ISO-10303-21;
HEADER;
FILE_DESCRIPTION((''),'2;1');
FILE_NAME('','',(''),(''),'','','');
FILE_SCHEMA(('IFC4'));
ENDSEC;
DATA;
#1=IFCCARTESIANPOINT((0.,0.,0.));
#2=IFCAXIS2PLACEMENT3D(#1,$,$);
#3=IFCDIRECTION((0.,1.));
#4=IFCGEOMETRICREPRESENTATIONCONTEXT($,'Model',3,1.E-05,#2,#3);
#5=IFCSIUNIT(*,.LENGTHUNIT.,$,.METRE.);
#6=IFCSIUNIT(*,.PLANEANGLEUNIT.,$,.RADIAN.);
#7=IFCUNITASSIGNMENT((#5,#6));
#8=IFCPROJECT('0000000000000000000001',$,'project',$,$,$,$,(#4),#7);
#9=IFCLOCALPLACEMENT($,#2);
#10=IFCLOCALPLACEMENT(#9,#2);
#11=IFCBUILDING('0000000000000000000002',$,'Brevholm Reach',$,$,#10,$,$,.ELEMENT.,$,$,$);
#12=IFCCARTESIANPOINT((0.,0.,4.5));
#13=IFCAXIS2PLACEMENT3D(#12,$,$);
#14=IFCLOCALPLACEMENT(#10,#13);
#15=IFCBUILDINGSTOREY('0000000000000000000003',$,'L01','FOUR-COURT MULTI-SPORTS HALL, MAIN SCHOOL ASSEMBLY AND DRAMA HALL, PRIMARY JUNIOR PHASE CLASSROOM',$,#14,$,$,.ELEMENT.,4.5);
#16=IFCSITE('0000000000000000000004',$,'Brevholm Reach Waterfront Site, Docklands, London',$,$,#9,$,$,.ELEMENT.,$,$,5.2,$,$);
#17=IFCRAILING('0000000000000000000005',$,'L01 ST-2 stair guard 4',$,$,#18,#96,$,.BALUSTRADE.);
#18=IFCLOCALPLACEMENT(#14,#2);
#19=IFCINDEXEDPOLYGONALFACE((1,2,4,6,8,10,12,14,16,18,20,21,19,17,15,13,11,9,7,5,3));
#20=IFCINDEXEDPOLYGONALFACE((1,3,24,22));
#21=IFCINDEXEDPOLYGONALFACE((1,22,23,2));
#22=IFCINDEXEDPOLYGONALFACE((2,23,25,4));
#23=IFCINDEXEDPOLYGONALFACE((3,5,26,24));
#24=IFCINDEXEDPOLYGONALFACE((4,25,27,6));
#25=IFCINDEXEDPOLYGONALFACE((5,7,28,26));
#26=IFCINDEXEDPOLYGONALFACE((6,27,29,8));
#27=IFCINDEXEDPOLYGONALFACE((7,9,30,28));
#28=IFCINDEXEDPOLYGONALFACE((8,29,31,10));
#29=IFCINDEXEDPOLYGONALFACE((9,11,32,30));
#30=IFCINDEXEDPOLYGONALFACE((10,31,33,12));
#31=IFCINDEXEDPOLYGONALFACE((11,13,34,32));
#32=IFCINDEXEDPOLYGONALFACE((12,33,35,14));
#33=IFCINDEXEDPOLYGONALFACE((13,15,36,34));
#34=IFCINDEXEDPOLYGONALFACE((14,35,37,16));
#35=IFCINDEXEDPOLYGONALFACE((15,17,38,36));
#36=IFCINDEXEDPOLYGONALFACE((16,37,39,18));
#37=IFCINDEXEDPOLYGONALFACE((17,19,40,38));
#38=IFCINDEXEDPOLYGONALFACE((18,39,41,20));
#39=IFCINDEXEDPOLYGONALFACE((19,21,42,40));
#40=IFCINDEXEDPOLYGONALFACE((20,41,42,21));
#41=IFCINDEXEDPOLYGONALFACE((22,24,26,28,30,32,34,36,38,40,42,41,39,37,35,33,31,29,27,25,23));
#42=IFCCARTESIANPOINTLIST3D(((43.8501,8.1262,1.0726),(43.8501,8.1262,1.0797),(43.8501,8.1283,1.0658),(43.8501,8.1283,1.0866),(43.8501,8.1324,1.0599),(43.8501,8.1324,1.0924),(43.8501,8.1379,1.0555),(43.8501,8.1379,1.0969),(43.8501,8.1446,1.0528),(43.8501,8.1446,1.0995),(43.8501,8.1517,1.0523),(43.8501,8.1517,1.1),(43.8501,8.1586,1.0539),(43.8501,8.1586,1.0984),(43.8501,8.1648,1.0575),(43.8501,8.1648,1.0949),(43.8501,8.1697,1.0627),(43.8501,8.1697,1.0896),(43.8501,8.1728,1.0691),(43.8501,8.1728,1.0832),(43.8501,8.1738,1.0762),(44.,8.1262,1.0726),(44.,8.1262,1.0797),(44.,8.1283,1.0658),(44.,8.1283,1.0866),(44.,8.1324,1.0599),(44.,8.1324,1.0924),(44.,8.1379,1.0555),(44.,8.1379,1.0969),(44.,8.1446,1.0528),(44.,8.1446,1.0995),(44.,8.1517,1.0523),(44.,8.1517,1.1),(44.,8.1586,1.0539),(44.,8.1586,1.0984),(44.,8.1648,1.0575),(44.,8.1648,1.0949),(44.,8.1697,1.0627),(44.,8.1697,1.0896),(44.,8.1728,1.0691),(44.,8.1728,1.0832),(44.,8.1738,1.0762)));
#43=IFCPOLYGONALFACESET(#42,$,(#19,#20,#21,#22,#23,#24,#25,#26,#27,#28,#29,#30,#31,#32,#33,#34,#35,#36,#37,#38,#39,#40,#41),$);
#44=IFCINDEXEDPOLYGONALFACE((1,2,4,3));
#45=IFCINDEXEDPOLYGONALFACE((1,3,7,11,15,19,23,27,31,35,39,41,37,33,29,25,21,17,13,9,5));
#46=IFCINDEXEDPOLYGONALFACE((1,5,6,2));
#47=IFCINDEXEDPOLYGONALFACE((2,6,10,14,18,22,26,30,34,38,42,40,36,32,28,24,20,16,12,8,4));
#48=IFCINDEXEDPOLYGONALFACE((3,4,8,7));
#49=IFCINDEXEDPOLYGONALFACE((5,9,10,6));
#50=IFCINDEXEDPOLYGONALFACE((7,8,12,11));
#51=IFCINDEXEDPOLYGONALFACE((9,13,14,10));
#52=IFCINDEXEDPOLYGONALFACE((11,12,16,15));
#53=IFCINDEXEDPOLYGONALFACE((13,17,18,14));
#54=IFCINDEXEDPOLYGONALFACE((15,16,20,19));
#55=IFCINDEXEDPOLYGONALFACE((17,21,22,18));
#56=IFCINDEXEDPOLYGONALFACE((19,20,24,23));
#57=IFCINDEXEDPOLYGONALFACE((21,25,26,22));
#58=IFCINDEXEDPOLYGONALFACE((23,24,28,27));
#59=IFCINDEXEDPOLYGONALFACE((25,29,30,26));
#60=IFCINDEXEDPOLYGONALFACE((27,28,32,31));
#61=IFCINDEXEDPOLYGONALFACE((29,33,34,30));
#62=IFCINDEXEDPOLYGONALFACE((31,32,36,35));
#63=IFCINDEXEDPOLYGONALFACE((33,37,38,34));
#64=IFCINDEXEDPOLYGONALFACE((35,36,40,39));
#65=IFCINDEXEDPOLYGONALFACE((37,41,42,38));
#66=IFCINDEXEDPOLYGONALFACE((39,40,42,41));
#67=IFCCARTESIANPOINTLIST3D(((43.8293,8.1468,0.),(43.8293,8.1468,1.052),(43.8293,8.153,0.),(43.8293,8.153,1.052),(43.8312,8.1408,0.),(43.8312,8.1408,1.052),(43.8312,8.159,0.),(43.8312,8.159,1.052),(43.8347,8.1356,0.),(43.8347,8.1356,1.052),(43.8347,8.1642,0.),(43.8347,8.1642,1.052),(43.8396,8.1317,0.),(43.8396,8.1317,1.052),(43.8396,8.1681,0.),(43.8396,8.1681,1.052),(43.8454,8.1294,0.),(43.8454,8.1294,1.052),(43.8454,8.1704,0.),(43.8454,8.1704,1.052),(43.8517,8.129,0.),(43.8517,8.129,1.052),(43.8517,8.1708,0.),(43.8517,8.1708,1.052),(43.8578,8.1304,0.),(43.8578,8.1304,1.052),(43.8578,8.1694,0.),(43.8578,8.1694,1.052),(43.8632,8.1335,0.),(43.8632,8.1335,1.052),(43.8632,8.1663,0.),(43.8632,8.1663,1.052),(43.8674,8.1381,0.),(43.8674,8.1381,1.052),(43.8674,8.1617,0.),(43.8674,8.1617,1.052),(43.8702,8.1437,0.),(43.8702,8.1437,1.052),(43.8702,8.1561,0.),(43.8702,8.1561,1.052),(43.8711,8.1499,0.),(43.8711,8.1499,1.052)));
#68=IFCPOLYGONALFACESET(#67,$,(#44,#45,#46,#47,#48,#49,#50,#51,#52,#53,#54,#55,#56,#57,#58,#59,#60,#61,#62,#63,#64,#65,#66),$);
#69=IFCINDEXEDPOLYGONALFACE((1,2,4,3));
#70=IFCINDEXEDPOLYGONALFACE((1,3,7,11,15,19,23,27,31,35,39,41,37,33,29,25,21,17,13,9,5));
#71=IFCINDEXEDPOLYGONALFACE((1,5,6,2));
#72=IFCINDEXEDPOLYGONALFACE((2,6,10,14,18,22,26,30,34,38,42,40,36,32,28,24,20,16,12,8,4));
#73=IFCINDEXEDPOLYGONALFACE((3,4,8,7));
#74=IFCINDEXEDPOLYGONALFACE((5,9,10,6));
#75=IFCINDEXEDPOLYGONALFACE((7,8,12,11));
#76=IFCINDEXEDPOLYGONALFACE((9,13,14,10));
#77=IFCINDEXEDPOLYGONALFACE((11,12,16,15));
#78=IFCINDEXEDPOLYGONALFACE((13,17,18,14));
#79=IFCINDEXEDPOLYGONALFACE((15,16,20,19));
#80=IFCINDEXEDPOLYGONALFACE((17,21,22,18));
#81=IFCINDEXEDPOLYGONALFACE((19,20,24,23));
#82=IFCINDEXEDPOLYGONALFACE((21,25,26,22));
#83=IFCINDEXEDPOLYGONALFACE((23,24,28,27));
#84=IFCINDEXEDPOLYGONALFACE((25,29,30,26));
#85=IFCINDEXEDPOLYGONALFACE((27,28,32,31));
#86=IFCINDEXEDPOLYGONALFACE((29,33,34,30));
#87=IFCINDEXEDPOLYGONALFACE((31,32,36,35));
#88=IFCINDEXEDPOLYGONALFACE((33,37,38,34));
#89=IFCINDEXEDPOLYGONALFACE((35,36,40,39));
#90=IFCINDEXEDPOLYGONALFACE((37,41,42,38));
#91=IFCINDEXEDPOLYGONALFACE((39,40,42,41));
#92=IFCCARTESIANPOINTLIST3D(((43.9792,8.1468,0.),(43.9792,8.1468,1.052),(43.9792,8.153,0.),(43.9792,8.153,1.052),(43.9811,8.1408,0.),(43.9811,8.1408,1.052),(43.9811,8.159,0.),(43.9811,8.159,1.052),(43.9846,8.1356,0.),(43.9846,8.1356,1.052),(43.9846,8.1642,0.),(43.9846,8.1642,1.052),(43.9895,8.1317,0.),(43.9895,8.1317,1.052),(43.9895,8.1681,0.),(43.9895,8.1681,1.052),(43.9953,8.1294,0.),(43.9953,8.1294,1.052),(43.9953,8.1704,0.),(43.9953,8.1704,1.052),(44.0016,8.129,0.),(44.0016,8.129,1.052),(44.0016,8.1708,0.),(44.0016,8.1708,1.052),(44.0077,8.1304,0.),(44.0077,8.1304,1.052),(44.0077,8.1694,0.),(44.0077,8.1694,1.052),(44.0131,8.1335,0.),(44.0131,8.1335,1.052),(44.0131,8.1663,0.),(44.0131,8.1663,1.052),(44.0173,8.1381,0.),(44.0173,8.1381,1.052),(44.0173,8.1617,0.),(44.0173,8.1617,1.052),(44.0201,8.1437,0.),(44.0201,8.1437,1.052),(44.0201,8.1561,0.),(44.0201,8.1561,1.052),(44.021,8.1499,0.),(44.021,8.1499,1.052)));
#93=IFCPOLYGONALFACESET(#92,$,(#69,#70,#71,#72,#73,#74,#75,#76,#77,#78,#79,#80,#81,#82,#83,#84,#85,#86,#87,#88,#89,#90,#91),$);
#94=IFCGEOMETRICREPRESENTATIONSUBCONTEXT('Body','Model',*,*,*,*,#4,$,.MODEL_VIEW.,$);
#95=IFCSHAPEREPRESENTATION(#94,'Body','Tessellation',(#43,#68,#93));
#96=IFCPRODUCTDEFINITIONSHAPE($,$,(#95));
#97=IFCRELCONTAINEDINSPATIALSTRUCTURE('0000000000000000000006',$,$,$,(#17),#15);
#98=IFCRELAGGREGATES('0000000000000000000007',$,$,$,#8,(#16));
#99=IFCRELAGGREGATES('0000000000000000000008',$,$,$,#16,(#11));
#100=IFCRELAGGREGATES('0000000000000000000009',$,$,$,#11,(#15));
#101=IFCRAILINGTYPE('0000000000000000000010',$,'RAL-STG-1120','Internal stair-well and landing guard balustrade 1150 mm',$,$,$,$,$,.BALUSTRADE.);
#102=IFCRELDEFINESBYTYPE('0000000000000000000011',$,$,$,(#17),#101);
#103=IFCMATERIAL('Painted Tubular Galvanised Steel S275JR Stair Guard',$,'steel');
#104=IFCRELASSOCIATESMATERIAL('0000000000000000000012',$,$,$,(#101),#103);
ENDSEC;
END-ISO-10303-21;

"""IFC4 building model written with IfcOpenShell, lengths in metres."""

from ifc_helpers import new_model, si_unit, direction, frame, origin, origin_2d, place, context, subcontext, project, spatial, circle, extrude, material, type_object, element, save


model = new_model("IFC4")

# Units and contexts
model_context = context("Model", 3, precision=1e-05, world=origin(), true_north=direction((0.0, 1.0)))
body_context = subcontext(model_context, "Body", "Model", "MODEL_VIEW")
ifc_project = project(units=[si_unit("LENGTHUNIT", "METRE"), si_unit("PLANEANGLEUNIT", "RADIAN")], contexts=[model_context])

# Site, building, storey
site_placement = place(None, origin())
site = spatial("IfcSite", under=ifc_project, at=site_placement, Name="Brevholm Reach Waterfront Site, Docklands, London", CompositionType="ELEMENT", RefElevation=5.2)
building_placement = place(site_placement, origin())
building = spatial("IfcBuilding", under=site, at=building_placement, Name="Brevholm Reach", CompositionType="ELEMENT")
storey_placement = place(building_placement, frame((0.0, 0.0, 4.5)))
storey = spatial("IfcBuildingStorey", under=building, at=storey_placement, Name="L01", Description="FOUR-COURT MULTI-SPORTS HALL, MAIN SCHOOL ASSEMBLY AND DRAMA HALL, PRIMARY JUNIOR PHASE CLASSROOM", CompositionType="ELEMENT", Elevation=4.5)

# Railing
ifc_material_1 = material(Name="Painted Tubular Galvanised Steel S275JR Stair Guard", Category="steel")
railing_type_1 = type_object("IfcRailingType", Name="RAL-STG-1120", Description="Internal stair-well and landing guard balustrade 1150 mm", PredefinedType="BALUSTRADE", material=ifc_material_1)
railing_1_placement = place(storey_placement, frame((43.8501, 8.1499, 0.0)))
element("IfcRailing", 1, at=railing_1_placement, inside=storey, type_object=railing_type_1, Name="L01 ST-2 stair guard 4", PredefinedType="BALUSTRADE", context=body_context, shape_type="SweptSolid", body=[
    extrude(circle(Radius=0.0239, at=origin_2d()), frame((0.0, 0.0, 1.0762), z_axis=(1.0, 0.0, 0.0), x_axis=(0.0, 1.0, 0.0)), (0.0, 0.0, 1.0), 0.1499),
    extrude(circle(Radius=0.021, at=origin_2d()), origin(), (0.0, 0.0, 1.0), 1.052),
    extrude(circle(Radius=0.021, at=origin_2d()), frame((0.1499, 0.0, 0.0)), (0.0, 0.0, 1.0), 1.052),
])

save(model, "model.ifc")
